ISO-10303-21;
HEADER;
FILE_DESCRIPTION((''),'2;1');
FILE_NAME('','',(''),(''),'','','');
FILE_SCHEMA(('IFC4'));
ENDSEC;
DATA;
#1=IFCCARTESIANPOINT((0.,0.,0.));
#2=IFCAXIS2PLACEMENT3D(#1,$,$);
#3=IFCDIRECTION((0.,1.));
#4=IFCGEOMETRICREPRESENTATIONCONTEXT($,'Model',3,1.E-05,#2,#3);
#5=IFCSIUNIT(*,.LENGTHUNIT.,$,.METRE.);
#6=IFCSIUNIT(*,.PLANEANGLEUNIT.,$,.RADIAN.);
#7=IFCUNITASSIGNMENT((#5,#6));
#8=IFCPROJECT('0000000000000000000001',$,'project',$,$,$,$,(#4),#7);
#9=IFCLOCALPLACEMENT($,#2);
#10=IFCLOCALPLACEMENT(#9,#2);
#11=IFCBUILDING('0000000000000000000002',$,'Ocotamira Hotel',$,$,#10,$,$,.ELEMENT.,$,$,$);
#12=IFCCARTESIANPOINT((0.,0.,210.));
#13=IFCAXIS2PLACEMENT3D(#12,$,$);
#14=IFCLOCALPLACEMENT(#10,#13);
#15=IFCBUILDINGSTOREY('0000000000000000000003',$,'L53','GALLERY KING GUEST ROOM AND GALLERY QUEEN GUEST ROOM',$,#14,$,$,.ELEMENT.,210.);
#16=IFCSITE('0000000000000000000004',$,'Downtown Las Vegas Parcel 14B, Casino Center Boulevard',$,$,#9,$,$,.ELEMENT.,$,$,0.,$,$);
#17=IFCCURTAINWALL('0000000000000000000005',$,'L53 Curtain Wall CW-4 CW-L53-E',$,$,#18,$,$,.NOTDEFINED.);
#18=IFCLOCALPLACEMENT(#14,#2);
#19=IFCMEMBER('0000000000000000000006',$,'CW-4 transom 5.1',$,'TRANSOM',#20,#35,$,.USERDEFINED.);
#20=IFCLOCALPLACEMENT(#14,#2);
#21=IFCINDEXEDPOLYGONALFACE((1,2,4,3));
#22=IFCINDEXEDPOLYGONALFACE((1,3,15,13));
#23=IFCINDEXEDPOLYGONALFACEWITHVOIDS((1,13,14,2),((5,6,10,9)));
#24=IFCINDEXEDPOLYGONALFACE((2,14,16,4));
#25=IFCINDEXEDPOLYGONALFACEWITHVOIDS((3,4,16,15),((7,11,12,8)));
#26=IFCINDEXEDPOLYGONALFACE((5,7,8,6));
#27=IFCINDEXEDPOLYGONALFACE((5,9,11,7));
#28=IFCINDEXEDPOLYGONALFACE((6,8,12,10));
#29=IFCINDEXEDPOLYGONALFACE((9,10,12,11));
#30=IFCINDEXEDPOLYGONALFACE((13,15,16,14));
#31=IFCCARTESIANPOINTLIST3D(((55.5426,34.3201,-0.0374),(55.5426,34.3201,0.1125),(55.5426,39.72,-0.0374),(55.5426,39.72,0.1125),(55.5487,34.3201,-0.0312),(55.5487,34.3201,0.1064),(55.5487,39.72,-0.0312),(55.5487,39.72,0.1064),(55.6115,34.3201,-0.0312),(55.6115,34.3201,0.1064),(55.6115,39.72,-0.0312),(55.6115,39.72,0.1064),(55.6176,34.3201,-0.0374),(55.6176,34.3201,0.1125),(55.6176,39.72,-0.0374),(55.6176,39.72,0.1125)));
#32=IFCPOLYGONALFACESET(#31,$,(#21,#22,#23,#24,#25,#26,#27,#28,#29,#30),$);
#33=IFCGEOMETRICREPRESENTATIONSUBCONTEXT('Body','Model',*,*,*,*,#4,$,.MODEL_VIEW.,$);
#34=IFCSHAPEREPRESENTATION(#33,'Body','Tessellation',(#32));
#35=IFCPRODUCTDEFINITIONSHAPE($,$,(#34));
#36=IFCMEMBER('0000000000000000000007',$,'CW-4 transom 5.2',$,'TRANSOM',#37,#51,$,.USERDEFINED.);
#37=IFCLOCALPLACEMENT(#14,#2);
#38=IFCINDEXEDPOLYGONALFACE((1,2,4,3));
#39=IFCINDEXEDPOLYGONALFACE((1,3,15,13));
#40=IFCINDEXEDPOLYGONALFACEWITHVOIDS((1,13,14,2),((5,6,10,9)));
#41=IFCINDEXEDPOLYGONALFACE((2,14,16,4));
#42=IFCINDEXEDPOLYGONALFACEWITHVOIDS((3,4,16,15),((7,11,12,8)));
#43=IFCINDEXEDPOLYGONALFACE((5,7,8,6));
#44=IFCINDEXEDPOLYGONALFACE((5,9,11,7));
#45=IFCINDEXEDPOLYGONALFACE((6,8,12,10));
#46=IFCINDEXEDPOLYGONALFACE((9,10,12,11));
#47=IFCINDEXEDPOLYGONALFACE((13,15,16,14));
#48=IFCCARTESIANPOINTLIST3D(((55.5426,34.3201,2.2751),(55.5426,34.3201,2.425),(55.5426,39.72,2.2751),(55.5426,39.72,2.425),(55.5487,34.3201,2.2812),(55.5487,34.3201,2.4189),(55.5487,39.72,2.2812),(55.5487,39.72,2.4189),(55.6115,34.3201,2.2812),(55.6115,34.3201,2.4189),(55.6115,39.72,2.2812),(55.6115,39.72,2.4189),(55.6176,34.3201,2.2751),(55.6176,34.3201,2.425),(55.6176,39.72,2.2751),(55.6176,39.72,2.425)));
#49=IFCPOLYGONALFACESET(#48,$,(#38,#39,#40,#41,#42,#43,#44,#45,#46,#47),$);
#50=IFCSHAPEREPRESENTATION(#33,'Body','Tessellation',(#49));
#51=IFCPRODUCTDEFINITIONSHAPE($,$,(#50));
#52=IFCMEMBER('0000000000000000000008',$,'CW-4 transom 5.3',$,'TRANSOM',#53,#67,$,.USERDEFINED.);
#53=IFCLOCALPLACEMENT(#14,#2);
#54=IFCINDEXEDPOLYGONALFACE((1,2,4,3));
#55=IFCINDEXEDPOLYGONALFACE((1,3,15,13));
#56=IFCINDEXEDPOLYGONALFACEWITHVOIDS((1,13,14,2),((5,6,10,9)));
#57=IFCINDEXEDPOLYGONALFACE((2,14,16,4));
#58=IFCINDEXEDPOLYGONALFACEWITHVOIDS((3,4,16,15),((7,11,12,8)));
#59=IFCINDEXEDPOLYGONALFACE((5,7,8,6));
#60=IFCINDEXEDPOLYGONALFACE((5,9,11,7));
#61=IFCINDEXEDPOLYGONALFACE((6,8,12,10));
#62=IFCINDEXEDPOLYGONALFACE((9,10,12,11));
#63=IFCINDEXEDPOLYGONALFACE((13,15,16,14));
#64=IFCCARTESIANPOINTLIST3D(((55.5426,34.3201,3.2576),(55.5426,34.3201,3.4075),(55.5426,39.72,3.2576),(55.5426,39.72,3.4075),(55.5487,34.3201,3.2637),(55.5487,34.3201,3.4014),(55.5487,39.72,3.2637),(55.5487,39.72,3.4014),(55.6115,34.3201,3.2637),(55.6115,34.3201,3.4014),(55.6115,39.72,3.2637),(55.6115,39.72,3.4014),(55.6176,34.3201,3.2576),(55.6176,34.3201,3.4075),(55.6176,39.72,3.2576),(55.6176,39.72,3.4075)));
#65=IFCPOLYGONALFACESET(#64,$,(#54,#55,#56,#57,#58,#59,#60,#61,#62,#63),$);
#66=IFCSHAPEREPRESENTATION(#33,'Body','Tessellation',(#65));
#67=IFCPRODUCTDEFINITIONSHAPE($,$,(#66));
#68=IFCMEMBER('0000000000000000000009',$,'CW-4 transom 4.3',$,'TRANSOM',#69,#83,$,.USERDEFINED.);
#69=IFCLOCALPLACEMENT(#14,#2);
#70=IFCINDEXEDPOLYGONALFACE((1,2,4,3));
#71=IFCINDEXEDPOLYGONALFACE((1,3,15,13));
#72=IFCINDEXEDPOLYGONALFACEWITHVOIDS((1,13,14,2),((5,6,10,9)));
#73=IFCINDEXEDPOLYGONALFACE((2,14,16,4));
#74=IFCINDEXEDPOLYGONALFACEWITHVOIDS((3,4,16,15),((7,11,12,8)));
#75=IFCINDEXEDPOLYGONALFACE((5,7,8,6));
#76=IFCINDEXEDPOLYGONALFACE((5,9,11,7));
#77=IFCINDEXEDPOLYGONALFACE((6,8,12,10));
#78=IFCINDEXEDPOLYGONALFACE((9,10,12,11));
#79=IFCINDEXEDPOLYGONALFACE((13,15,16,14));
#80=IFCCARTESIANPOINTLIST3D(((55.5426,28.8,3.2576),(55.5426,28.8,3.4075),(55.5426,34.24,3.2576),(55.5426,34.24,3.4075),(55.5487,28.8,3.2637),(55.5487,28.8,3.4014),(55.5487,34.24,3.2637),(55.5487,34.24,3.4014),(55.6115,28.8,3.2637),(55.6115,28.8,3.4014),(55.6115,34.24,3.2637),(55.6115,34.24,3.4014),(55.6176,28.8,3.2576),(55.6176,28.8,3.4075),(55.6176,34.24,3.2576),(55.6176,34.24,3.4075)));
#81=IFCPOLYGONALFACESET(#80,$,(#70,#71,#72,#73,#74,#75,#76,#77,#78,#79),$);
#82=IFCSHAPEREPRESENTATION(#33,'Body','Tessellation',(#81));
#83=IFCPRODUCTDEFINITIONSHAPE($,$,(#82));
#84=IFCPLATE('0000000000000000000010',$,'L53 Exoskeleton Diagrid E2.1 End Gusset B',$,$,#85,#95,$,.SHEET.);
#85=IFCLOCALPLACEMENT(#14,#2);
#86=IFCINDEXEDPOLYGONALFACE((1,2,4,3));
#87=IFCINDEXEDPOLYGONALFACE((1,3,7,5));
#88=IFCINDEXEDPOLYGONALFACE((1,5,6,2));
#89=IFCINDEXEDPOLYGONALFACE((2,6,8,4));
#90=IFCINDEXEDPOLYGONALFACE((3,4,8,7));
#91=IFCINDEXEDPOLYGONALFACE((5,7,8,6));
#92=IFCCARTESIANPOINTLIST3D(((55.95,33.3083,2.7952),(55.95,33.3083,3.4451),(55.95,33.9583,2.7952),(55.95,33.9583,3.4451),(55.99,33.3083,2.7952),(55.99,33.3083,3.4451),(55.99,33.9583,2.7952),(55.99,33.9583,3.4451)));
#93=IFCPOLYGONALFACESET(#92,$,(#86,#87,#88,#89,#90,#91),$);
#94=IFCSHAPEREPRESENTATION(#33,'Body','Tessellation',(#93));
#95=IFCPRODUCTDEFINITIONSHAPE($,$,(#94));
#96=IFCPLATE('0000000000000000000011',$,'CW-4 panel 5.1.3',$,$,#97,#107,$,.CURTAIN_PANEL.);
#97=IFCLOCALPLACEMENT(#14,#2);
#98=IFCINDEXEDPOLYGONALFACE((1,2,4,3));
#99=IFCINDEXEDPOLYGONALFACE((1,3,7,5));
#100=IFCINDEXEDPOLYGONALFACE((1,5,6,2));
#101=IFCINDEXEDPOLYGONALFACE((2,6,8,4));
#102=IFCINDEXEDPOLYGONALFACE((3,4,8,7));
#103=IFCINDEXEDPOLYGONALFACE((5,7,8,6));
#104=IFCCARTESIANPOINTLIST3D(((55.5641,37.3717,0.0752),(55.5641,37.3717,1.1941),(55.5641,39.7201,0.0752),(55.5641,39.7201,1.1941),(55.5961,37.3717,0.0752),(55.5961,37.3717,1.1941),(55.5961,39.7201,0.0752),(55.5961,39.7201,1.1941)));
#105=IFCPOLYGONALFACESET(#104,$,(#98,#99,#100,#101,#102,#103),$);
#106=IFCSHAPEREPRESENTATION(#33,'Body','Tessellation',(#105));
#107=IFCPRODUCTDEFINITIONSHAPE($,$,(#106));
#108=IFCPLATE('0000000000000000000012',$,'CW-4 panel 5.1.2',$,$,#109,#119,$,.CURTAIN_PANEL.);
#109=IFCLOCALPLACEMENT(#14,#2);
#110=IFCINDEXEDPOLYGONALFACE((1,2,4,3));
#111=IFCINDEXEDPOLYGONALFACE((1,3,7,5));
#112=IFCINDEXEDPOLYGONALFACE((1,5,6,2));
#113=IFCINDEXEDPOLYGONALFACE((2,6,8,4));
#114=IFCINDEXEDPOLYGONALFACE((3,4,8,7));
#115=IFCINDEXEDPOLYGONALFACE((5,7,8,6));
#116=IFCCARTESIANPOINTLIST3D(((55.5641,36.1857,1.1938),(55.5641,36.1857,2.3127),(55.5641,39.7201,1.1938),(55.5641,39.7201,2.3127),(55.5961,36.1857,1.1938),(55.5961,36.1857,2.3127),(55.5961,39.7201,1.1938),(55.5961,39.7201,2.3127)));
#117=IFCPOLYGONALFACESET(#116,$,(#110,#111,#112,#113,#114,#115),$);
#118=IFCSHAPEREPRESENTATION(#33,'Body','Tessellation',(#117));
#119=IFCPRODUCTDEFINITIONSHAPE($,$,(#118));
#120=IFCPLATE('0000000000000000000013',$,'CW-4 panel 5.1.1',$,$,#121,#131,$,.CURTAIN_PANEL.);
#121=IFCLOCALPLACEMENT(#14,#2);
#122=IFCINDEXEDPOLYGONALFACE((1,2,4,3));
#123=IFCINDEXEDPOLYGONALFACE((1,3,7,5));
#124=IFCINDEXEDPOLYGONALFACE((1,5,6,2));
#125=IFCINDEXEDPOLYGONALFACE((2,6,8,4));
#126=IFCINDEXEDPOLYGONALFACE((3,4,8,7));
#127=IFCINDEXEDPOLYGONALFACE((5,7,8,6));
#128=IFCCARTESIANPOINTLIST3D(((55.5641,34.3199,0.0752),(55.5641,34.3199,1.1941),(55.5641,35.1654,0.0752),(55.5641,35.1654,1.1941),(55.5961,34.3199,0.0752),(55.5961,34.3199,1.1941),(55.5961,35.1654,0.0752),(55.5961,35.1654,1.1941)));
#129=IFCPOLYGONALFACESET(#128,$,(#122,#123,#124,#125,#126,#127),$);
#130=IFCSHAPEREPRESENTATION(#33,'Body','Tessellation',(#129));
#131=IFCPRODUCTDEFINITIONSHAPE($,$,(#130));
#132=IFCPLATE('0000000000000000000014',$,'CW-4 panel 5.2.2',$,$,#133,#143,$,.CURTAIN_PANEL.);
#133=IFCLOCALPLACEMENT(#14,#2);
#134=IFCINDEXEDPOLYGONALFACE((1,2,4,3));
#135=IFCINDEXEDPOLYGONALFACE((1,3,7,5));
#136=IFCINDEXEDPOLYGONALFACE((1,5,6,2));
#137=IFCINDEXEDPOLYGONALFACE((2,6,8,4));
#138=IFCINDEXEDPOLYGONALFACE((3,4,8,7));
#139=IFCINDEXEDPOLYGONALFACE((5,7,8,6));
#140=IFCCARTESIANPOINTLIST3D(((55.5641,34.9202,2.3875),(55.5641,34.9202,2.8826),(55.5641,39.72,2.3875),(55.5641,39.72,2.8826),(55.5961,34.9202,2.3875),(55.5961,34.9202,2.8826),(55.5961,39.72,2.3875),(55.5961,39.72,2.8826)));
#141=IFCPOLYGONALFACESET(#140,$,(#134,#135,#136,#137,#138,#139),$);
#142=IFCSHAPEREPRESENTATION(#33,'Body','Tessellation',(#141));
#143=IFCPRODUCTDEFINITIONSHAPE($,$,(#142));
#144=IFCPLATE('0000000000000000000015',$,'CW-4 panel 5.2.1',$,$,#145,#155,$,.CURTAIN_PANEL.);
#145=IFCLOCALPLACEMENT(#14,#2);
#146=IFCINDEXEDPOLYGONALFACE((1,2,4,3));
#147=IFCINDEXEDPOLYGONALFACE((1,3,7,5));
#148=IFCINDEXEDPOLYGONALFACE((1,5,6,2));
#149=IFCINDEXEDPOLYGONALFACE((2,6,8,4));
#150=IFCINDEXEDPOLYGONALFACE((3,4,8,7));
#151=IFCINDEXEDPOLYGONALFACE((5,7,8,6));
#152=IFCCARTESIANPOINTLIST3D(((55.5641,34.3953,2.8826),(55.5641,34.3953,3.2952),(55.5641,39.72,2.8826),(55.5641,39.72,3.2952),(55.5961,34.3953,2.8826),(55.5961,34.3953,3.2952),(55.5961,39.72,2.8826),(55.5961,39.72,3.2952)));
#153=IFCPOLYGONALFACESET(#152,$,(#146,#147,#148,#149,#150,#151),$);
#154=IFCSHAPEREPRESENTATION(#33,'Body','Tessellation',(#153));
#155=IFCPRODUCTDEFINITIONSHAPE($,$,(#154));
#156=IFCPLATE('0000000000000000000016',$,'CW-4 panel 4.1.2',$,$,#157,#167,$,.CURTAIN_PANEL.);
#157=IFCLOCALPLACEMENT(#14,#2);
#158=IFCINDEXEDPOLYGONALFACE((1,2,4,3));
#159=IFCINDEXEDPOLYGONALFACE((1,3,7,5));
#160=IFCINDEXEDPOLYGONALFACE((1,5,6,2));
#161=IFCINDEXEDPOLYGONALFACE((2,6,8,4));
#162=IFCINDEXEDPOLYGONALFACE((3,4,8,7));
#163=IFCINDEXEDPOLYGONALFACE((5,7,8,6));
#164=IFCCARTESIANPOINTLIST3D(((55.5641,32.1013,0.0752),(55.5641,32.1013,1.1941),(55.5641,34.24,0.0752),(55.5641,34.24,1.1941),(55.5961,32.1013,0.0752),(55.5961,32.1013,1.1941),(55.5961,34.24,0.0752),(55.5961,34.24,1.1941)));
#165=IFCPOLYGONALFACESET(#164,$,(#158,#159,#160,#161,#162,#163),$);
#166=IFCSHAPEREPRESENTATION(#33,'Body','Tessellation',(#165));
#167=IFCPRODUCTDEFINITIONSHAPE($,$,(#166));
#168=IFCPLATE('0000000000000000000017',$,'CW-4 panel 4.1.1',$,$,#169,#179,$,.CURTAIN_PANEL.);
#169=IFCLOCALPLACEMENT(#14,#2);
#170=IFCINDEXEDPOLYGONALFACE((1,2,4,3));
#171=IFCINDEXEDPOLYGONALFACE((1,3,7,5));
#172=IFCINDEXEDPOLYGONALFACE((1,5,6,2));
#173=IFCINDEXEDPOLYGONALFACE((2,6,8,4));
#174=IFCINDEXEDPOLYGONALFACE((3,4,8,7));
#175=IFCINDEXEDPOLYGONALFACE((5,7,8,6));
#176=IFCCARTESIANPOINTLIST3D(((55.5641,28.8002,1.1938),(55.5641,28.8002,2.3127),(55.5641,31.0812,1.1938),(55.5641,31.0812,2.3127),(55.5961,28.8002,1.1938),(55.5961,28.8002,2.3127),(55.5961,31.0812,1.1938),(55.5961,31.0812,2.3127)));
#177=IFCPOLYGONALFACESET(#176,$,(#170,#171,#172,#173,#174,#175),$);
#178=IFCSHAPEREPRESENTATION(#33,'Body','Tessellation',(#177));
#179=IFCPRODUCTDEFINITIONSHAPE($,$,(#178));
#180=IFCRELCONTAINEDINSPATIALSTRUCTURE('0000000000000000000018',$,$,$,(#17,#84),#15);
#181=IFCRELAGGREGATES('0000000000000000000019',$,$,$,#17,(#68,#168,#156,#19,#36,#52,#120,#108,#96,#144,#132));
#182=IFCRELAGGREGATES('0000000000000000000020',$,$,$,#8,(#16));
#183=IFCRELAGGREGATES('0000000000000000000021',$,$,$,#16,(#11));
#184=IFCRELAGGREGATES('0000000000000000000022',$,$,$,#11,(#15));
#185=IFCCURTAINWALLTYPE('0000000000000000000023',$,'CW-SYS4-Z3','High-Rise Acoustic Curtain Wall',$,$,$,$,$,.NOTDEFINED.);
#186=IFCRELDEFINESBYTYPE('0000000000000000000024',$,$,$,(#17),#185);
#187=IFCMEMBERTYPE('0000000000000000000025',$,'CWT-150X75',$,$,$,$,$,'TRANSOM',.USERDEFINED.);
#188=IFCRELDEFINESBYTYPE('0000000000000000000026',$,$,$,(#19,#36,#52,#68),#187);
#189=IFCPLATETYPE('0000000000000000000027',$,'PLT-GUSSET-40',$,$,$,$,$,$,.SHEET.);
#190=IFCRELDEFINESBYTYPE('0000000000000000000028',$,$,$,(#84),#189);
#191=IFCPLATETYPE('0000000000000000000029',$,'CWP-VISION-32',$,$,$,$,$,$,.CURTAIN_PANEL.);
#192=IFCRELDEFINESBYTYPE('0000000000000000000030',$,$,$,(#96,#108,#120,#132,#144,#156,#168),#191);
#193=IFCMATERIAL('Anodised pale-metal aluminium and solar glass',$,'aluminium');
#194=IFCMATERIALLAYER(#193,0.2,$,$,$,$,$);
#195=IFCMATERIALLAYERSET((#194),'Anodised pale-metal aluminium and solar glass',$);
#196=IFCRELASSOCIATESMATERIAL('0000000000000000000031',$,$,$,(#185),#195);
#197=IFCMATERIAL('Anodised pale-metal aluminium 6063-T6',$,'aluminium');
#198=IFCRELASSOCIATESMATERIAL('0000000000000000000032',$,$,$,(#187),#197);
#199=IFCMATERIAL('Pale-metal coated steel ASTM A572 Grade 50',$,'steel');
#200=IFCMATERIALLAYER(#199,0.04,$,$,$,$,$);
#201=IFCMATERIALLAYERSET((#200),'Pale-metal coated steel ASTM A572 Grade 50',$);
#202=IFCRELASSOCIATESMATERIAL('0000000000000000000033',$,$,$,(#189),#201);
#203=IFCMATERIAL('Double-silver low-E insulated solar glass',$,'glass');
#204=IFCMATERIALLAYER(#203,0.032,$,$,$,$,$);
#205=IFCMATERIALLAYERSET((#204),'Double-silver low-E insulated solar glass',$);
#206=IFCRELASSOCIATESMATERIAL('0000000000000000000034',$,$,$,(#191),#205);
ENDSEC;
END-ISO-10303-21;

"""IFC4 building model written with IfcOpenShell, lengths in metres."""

from ifc_helpers import new_model, si_unit, direction, frame, origin, origin_2d, place, context, subcontext, project, spatial, rectangle, hollow_rectangle, extrude, source, transform, mapped, material, layer, layer_set, material_profile, profile_set, type_object, element, aggregate, save


model = new_model("IFC4")

# Units and contexts
model_context = context("Model", 3, precision=1e-05, world=origin(), true_north=direction((0.0, 1.0)))
body_context = subcontext(model_context, "Body", "Model", "MODEL_VIEW")
ifc_project = project(units=[si_unit("LENGTHUNIT", "METRE"), si_unit("PLANEANGLEUNIT", "RADIAN")], contexts=[model_context])

# Site, building, storey
site_placement = place(None, origin())
site = spatial("IfcSite", under=ifc_project, at=site_placement, Name="Downtown Las Vegas Parcel 14B, Casino Center Boulevard", CompositionType="ELEMENT", RefElevation=0.0)
building_placement = place(site_placement, origin())
building = spatial("IfcBuilding", under=site, at=building_placement, Name="Ocotamira Hotel", CompositionType="ELEMENT")
storey_placement = place(building_placement, frame((0.0, 0.0, 210.0)))
storey = spatial("IfcBuildingStorey", under=building, at=storey_placement, Name="L53", Description="GALLERY KING GUEST ROOM AND GALLERY QUEEN GUEST ROOM", CompositionType="ELEMENT", Elevation=210.0)

# Curtain wall, members
ifc_material_1 = material(Name="Anodised pale-metal aluminium and solar glass", Category="aluminium")
ifc_layer_1 = layer(ifc_material_1, 0.2)
ifc_layer_set_1 = layer_set([ifc_layer_1], Name="Anodised pale-metal aluminium and solar glass")
curtain_wall_type = type_object("IfcCurtainWallType", Name="CW-SYS4-Z3", Description="High-Rise Acoustic Curtain Wall", PredefinedType="NOTDEFINED", material=ifc_layer_set_1)
curtain_wall_placement = place(storey_placement, origin())
curtain_wall = element("IfcCurtainWall", 1, at=curtain_wall_placement, inside=storey, type_object=curtain_wall_type, Name="L53 Curtain Wall CW-4 CW-L53-E", PredefinedType="NOTDEFINED")
ifc_material_2 = material(Name="Anodised pale-metal aluminium 6063-T6", Category="aluminium")
ifc_material_profile_1 = material_profile(ifc_material_2, hollow_rectangle(XDim=0.075, YDim=0.1499, WallThickness=0.0061, at=origin_2d()), Name="HSS150X75X6")
ifc_profile_set_1 = profile_set([ifc_material_profile_1], Name="Anodised pale-metal aluminium 6063-T6")
member_type_1 = type_object("IfcMemberType", Name="CWT-150X75", ElementType="TRANSOM", PredefinedType="USERDEFINED", material=ifc_profile_set_1)
shared_shape_1 = source(origin(), body_context, "Body", "SweptSolid", [
    extrude(hollow_rectangle(XDim=0.075, YDim=0.1499, WallThickness=0.0061, at=origin_2d()), origin(), (0.0, 0.0, 1.0), 5.3999),
])
member_1_placement = place(storey_placement, frame((55.5801, 34.3201, 0.0376), z_axis=(0.0, 1.0, 0.0), x_axis=(-1.0, 0.0, 0.0)))
member_1 = element("IfcMember", 2, at=member_1_placement, type_object=member_type_1, Name="CW-4 transom 5.1", ObjectType="TRANSOM", PredefinedType="USERDEFINED", context=body_context, shape_type="MappedRepresentation", body=[
    mapped(shared_shape_1, transform((0.0, 0.0, 0.0), scale=1.0)),
])
member_2_placement = place(storey_placement, frame((55.5801, 34.3201, 2.3501), z_axis=(0.0, 1.0, 0.0), x_axis=(-1.0, 0.0, 0.0)))
member_2 = element("IfcMember", 3, at=member_2_placement, type_object=member_type_1, Name="CW-4 transom 5.2", ObjectType="TRANSOM", PredefinedType="USERDEFINED", context=body_context, shape_type="MappedRepresentation", body=[
    mapped(shared_shape_1, transform((0.0, 0.0, 0.0), scale=1.0)),
])
member_3_placement = place(storey_placement, frame((55.5801, 34.3201, 3.3325), z_axis=(0.0, 1.0, 0.0), x_axis=(-1.0, 0.0, 0.0)))
member_3 = element("IfcMember", 4, at=member_3_placement, type_object=member_type_1, Name="CW-4 transom 5.3", ObjectType="TRANSOM", PredefinedType="USERDEFINED", context=body_context, shape_type="MappedRepresentation", body=[
    mapped(shared_shape_1, transform((0.0, 0.0, 0.0), scale=1.0)),
])
shared_shape_2 = source(origin(), body_context, "Body", "SweptSolid", [
    extrude(hollow_rectangle(XDim=0.075, YDim=0.1499, WallThickness=0.0061, at=origin_2d()), origin(), (0.0, 0.0, 1.0), 5.4399),
])
member_4_placement = place(storey_placement, frame((55.5801, 28.8, 3.3325), z_axis=(0.0, 1.0, 0.0), x_axis=(-1.0, 0.0, 0.0)))
member_4 = element("IfcMember", 5, at=member_4_placement, type_object=member_type_1, Name="CW-4 transom 4.3", ObjectType="TRANSOM", PredefinedType="USERDEFINED", context=body_context, shape_type="MappedRepresentation", body=[
    mapped(shared_shape_2, transform((0.0, 0.0, 0.0), scale=1.0)),
])

# Plates
ifc_material_3 = material(Name="Pale-metal coated steel ASTM A572 Grade 50", Category="steel")
ifc_layer_2 = layer(ifc_material_3, 0.04)
ifc_layer_set_2 = layer_set([ifc_layer_2], Name="Pale-metal coated steel ASTM A572 Grade 50")
plate_type_1 = type_object("IfcPlateType", Name="PLT-GUSSET-40", PredefinedType="SHEET", material=ifc_layer_set_2)
shared_shape_3 = source(origin(), body_context, "Body", "SweptSolid", [
    extrude(rectangle(XDim=0.04, YDim=0.6499, at=origin_2d()), origin(), (0.0, 0.0, 1.0), 0.6499),
])
plate_1_placement = place(storey_placement, frame((55.97, 33.6333, 2.7952), z_axis=(0.0, 0.0, 1.0), x_axis=(1.0, 0.0, 0.0)))
element("IfcPlate", 6, at=plate_1_placement, inside=storey, type_object=plate_type_1, Name="L53 Exoskeleton Diagrid E2.1 End Gusset B", PredefinedType="SHEET", context=body_context, shape_type="MappedRepresentation", body=[
    mapped(shared_shape_3, transform((0.0, 0.0, 0.0), scale=1.0)),
])
ifc_material_4 = material(Name="Double-silver low-E insulated solar glass", Category="glass")
ifc_layer_3 = layer(ifc_material_4, 0.032)
ifc_layer_set_3 = layer_set([ifc_layer_3], Name="Double-silver low-E insulated solar glass")
plate_type_2 = type_object("IfcPlateType", Name="CWP-VISION-32", PredefinedType="CURTAIN_PANEL", material=ifc_layer_set_3)
shared_shape_4 = source(origin(), body_context, "Body", "SweptSolid", [
    extrude(rectangle(XDim=2.3484, YDim=0.032, at=origin_2d()), origin(), (0.0, 0.0, 1.0), 1.1189),
])
plate_2_placement = place(storey_placement, frame((55.5801, 38.5459, 0.0752), z_axis=(0.0, 0.0, 1.0), x_axis=(0.0, 1.0, 0.0)))
plate_2 = element("IfcPlate", 7, at=plate_2_placement, type_object=plate_type_2, Name="CW-4 panel 5.1.3", PredefinedType="CURTAIN_PANEL", context=body_context, shape_type="MappedRepresentation", body=[
    mapped(shared_shape_4, transform((0.0, 0.0, 0.0), scale=1.0)),
])
shared_shape_5 = source(origin(), body_context, "Body", "SweptSolid", [
    extrude(rectangle(XDim=3.5344, YDim=0.032, at=origin_2d()), origin(), (0.0, 0.0, 1.0), 1.1189),
])
plate_3_placement = place(storey_placement, frame((55.5801, 37.9529, 1.1938), z_axis=(0.0, 0.0, 1.0), x_axis=(0.0, 1.0, 0.0)))
plate_3 = element("IfcPlate", 8, at=plate_3_placement, type_object=plate_type_2, Name="CW-4 panel 5.1.2", PredefinedType="CURTAIN_PANEL", context=body_context, shape_type="MappedRepresentation", body=[
    mapped(shared_shape_5, transform((0.0, 0.0, 0.0), scale=1.0)),
])
shared_shape_6 = source(origin(), body_context, "Body", "SweptSolid", [
    extrude(rectangle(XDim=0.8455, YDim=0.032, at=origin_2d()), origin(), (0.0, 0.0, 1.0), 1.1189),
])
plate_4_placement = place(storey_placement, frame((55.5801, 34.7427, 0.0752), z_axis=(0.0, 0.0, 1.0), x_axis=(0.0, 1.0, 0.0)))
plate_4 = element("IfcPlate", 9, at=plate_4_placement, type_object=plate_type_2, Name="CW-4 panel 5.1.1", PredefinedType="CURTAIN_PANEL", context=body_context, shape_type="MappedRepresentation", body=[
    mapped(shared_shape_6, transform((0.0, 0.0, 0.0), scale=1.0)),
])
shared_shape_7 = source(origin(), body_context, "Body", "SweptSolid", [
    extrude(rectangle(XDim=4.7998, YDim=0.032, at=origin_2d()), origin(), (0.0, 0.0, 1.0), 0.4951),
])
plate_5_placement = place(storey_placement, frame((55.5801, 37.3201, 2.3875), z_axis=(0.0, 0.0, 1.0), x_axis=(0.0, 1.0, 0.0)))
plate_5 = element("IfcPlate", 10, at=plate_5_placement, type_object=plate_type_2, Name="CW-4 panel 5.2.2", PredefinedType="CURTAIN_PANEL", context=body_context, shape_type="MappedRepresentation", body=[
    mapped(shared_shape_7, transform((0.0, 0.0, 0.0), scale=1.0)),
])
shared_shape_8 = source(origin(), body_context, "Body", "SweptSolid", [
    extrude(rectangle(XDim=5.3247, YDim=0.032, at=origin_2d()), origin(), (0.0, 0.0, 1.0), 0.4126),
])
plate_6_placement = place(storey_placement, frame((55.5801, 37.0576, 2.8826), z_axis=(0.0, 0.0, 1.0), x_axis=(0.0, 1.0, 0.0)))
plate_6 = element("IfcPlate", 11, at=plate_6_placement, type_object=plate_type_2, Name="CW-4 panel 5.2.1", PredefinedType="CURTAIN_PANEL", context=body_context, shape_type="MappedRepresentation", body=[
    mapped(shared_shape_8, transform((0.0, 0.0, 0.0), scale=1.0)),
])
shared_shape_9 = source(origin(), body_context, "Body", "SweptSolid", [
    extrude(rectangle(XDim=2.1387, YDim=0.032, at=origin_2d()), origin(), (0.0, 0.0, 1.0), 1.1189),
])
plate_7_placement = place(storey_placement, frame((55.5801, 33.1707, 0.0752), z_axis=(0.0, 0.0, 1.0), x_axis=(0.0, 1.0, 0.0)))
plate_7 = element("IfcPlate", 12, at=plate_7_placement, type_object=plate_type_2, Name="CW-4 panel 4.1.2", PredefinedType="CURTAIN_PANEL", context=body_context, shape_type="MappedRepresentation", body=[
    mapped(shared_shape_9, transform((0.0, 0.0, 0.0), scale=1.0)),
])
shared_shape_10 = source(origin(), body_context, "Body", "SweptSolid", [
    extrude(rectangle(XDim=2.281, YDim=0.032, at=origin_2d()), origin(), (0.0, 0.0, 1.0), 1.1189),
])
plate_8_placement = place(storey_placement, frame((55.5801, 29.9407, 1.1938), z_axis=(0.0, 0.0, 1.0), x_axis=(0.0, 1.0, 0.0)))
plate_8 = element("IfcPlate", 13, at=plate_8_placement, type_object=plate_type_2, Name="CW-4 panel 4.1.1", PredefinedType="CURTAIN_PANEL", context=body_context, shape_type="MappedRepresentation", body=[
    mapped(shared_shape_10, transform((0.0, 0.0, 0.0), scale=1.0)),
])
aggregate(curtain_wall, [member_4, plate_8, plate_7, member_1, member_2, member_3, plate_4, plate_3, plate_2, plate_6, plate_5])

save(model, "model.ifc")
